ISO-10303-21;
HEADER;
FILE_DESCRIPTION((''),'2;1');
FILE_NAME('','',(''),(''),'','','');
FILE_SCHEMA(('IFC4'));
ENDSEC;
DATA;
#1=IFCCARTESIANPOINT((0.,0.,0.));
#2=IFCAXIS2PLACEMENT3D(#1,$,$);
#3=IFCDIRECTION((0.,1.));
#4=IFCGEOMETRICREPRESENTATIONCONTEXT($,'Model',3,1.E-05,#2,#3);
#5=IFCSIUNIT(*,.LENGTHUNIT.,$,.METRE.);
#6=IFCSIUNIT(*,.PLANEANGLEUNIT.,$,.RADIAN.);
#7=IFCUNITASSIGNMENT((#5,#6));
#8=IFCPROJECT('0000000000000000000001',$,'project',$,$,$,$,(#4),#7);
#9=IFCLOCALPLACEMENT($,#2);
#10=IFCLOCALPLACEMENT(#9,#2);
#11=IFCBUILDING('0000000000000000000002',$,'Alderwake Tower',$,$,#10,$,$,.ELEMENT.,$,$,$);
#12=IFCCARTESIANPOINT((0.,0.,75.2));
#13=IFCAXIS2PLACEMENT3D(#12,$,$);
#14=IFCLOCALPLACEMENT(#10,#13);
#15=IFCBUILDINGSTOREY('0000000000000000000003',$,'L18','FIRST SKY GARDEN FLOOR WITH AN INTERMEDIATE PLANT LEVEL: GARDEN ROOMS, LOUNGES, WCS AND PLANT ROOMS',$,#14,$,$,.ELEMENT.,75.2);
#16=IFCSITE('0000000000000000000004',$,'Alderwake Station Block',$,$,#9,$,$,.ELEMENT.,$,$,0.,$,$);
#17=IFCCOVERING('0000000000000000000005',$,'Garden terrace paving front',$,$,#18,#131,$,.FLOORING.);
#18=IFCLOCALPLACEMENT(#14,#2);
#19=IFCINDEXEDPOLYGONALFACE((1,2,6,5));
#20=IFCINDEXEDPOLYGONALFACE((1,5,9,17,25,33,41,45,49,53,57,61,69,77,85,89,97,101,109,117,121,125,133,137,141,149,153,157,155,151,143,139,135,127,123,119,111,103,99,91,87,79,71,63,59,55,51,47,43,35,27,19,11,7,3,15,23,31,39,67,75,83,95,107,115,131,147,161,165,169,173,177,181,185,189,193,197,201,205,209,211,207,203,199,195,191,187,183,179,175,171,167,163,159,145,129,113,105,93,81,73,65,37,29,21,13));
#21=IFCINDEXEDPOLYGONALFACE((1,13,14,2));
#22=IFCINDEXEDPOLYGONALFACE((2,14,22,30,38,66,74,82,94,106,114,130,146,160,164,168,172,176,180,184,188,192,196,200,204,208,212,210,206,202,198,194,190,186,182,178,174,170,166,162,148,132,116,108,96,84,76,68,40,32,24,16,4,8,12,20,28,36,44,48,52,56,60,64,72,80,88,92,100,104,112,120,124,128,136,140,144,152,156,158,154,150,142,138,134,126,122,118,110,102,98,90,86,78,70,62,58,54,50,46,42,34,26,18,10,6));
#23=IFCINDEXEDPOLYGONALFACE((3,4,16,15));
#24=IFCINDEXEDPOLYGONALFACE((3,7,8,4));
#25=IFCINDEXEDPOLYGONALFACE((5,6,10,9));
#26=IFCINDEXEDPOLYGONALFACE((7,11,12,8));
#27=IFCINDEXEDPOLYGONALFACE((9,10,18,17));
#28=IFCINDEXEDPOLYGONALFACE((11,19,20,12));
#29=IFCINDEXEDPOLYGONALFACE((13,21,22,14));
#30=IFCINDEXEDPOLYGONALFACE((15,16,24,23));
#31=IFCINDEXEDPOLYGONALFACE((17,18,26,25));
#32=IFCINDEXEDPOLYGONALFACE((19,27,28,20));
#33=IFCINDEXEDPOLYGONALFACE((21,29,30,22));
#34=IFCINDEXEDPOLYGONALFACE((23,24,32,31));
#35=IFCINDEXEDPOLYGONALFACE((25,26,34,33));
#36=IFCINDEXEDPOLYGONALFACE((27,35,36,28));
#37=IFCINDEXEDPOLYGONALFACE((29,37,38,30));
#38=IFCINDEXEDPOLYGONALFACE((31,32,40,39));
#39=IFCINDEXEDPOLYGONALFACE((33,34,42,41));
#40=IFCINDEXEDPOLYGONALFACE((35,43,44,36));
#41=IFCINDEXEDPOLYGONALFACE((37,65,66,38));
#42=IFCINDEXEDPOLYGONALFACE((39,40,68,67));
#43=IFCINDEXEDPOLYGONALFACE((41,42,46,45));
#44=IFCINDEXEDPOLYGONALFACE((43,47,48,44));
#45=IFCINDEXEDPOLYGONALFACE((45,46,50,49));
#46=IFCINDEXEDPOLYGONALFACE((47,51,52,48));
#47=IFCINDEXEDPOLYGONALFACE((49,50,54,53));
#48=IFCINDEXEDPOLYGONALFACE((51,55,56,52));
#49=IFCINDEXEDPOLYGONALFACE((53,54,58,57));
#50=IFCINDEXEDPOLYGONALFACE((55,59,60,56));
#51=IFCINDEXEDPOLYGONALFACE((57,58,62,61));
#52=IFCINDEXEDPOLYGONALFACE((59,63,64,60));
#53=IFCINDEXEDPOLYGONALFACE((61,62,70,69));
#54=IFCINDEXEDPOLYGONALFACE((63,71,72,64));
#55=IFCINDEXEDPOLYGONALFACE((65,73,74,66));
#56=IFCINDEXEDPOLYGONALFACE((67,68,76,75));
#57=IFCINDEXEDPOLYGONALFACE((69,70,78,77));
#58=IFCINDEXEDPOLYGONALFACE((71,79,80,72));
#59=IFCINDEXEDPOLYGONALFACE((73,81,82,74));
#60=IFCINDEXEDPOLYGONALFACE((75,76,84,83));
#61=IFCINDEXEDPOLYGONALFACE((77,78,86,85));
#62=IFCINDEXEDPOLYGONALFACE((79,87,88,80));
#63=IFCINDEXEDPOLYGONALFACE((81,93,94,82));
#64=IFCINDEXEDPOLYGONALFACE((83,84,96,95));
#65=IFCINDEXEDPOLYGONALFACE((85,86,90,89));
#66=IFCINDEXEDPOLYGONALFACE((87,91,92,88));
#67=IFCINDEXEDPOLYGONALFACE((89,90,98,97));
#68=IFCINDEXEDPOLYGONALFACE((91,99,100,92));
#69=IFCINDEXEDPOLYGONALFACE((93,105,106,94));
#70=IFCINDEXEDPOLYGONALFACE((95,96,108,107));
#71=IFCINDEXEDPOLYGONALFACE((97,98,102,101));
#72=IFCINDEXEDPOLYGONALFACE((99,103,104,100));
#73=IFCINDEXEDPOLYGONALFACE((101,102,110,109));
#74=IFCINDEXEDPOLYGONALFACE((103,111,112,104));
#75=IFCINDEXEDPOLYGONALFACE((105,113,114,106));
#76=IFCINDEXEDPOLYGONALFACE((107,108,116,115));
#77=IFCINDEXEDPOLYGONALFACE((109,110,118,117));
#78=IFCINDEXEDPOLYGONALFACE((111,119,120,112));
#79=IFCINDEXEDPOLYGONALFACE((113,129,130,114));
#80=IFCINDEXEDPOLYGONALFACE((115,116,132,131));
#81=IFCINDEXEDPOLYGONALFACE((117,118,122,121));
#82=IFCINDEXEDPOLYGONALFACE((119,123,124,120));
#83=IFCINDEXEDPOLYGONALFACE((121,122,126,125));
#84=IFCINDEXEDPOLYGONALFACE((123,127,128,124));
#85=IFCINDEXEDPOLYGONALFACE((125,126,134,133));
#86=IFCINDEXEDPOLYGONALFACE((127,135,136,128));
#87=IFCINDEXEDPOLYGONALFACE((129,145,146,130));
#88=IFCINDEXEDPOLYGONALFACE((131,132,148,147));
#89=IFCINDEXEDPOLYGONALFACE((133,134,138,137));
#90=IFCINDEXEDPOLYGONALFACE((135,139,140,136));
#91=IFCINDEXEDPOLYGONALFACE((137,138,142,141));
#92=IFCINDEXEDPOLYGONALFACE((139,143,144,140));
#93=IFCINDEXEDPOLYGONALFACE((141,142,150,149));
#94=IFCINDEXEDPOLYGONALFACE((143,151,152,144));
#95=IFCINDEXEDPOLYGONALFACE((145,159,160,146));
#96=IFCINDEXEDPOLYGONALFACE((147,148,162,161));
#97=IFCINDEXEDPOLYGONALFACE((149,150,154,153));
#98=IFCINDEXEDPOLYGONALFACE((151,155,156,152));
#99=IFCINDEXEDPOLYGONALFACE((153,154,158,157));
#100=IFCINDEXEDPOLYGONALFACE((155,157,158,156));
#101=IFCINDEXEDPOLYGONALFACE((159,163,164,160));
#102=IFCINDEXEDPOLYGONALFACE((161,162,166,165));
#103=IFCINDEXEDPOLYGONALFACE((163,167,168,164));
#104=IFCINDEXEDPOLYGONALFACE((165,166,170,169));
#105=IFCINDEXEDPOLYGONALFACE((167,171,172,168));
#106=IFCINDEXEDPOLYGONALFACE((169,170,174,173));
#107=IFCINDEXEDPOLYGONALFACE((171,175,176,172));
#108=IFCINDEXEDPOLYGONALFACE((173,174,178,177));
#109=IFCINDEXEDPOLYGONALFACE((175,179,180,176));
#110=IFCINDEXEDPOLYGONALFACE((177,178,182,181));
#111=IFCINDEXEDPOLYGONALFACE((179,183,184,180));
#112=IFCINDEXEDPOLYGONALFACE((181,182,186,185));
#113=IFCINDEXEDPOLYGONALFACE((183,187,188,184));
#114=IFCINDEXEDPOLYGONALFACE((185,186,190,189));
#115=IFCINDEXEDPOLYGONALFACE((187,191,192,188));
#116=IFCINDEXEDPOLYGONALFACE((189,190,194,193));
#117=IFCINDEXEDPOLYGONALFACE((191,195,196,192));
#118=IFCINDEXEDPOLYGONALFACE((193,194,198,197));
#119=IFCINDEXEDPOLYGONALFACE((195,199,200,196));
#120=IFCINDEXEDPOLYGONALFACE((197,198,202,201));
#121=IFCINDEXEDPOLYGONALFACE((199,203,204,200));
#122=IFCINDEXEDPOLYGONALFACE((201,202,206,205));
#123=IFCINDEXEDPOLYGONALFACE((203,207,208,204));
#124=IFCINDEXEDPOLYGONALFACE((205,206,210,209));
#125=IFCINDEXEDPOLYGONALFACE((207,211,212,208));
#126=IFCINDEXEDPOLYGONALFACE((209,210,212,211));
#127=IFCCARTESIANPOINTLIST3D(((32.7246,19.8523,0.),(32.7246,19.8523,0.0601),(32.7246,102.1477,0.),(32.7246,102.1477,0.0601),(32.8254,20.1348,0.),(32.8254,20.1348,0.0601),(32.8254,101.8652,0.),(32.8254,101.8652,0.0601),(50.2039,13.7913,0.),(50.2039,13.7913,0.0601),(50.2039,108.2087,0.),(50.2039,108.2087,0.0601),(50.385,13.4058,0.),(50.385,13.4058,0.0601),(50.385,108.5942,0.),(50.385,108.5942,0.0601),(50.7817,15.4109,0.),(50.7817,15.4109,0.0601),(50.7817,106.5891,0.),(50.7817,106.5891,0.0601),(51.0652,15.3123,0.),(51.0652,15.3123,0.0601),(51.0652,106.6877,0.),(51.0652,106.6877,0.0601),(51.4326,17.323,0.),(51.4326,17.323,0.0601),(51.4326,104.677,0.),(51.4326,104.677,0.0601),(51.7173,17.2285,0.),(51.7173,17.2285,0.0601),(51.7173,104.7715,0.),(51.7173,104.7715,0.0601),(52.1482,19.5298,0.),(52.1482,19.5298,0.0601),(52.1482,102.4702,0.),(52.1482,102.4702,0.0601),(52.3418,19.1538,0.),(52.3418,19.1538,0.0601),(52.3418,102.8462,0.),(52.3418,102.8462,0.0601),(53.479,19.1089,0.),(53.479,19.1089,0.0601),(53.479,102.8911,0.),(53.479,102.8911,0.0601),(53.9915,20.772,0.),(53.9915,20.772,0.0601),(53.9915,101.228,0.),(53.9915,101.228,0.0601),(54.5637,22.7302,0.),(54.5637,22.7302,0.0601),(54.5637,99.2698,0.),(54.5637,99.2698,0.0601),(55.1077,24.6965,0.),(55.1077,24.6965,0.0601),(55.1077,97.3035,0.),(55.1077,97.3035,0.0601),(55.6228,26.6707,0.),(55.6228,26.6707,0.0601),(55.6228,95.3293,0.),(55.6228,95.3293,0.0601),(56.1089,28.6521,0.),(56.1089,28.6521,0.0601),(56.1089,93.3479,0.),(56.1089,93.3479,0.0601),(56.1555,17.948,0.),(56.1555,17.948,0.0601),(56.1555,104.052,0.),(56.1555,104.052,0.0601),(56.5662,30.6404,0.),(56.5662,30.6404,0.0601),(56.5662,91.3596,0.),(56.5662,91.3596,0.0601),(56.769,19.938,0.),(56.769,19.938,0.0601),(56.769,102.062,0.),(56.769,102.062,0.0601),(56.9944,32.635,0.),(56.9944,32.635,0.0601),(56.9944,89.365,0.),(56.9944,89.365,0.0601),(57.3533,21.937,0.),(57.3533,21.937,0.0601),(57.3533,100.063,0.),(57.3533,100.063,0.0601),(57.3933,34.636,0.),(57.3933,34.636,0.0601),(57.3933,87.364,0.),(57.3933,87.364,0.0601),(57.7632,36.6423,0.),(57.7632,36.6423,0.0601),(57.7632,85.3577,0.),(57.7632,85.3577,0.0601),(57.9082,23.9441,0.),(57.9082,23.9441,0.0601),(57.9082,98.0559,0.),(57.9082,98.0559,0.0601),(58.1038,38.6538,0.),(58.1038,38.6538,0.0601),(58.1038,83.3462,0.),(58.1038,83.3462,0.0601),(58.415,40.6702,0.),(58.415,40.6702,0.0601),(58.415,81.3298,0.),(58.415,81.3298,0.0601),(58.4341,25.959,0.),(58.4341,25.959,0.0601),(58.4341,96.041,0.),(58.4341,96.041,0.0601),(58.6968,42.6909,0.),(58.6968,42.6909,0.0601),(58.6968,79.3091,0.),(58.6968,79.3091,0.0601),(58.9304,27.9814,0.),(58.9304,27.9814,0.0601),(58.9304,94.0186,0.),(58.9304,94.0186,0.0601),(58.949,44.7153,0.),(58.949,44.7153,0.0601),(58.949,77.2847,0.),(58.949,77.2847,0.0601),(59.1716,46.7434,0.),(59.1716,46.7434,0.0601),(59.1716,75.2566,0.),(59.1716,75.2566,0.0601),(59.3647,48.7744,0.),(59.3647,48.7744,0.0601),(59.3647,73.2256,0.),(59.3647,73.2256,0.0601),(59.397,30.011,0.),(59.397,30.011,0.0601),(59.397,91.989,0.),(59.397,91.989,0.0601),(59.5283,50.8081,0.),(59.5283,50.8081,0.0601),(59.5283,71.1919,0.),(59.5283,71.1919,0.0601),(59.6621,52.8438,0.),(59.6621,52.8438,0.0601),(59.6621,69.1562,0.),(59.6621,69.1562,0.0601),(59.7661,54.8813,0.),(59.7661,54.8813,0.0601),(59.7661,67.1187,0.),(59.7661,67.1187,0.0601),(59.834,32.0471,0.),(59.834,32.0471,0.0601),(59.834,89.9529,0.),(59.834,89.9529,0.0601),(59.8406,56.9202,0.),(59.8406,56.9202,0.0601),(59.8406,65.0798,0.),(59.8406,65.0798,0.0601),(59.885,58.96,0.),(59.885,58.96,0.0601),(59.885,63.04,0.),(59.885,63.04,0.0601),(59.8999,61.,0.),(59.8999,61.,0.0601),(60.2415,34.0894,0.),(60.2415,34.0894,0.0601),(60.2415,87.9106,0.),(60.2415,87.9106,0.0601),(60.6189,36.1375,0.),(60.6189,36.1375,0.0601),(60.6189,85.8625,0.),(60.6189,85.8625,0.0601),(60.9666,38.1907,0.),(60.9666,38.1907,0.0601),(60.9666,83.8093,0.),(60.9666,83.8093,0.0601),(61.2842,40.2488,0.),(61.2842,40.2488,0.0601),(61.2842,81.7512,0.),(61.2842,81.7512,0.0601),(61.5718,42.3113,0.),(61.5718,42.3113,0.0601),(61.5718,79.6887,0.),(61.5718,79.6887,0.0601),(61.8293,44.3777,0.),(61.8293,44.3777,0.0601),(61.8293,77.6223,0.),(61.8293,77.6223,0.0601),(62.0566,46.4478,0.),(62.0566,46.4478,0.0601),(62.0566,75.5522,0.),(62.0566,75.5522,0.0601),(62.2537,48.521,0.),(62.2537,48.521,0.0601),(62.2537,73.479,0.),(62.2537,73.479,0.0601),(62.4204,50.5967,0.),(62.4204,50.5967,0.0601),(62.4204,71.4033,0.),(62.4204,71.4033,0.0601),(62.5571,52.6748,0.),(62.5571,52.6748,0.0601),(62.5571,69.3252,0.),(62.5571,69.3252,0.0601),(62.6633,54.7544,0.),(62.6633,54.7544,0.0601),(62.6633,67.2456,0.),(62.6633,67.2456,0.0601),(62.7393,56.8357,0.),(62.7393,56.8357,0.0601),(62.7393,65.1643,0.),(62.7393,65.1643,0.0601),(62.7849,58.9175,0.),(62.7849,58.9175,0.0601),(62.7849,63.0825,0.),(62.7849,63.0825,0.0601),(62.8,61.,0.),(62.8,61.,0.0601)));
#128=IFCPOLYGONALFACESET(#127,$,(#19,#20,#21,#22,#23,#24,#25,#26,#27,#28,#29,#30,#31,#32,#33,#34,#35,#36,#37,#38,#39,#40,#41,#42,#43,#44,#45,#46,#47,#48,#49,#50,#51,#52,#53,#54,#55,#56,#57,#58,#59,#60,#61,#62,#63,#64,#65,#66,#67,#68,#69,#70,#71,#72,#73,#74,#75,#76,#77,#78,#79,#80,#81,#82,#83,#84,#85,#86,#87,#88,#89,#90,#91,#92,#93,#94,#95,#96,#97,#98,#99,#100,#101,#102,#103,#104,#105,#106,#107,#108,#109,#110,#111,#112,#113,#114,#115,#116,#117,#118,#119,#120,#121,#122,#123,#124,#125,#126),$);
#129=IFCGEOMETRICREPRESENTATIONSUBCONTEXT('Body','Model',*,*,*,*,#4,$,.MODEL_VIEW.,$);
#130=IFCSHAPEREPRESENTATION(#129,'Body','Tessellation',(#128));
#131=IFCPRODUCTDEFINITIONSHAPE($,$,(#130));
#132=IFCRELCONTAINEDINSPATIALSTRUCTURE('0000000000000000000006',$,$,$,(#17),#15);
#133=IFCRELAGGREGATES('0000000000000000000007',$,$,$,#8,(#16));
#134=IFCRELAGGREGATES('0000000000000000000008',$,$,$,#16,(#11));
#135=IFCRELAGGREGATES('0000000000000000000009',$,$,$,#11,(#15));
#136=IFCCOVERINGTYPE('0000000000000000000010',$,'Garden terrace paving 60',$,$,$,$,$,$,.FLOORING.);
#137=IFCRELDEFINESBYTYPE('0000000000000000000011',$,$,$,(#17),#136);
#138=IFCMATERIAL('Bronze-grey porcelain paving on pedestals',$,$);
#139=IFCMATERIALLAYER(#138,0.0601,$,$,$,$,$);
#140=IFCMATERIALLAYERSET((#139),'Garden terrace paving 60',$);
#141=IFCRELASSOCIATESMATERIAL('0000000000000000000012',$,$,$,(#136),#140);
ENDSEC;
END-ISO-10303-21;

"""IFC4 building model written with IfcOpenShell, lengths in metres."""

from ifc_helpers import new_model, si_unit, direction, frame, origin, place, context, subcontext, project, spatial, polyline, outline, extrude, material, layer, layer_set, type_object, element, save


model = new_model("IFC4")

# Units and contexts
model_context = context("Model", 3, precision=1e-05, world=origin(), true_north=direction((0.0, 1.0)))
body_context = subcontext(model_context, "Body", "Model", "MODEL_VIEW")
ifc_project = project(units=[si_unit("LENGTHUNIT", "METRE"), si_unit("PLANEANGLEUNIT", "RADIAN")], contexts=[model_context])

# Site, building, storey
site_placement = place(None, origin())
site = spatial("IfcSite", under=ifc_project, at=site_placement, Name="Alderwake Station Block", CompositionType="ELEMENT", RefElevation=0.0)
building_placement = place(site_placement, origin())
building = spatial("IfcBuilding", under=site, at=building_placement, Name="Alderwake Tower", CompositionType="ELEMENT")
storey_placement = place(building_placement, frame((0.0, 0.0, 75.2)))
storey = spatial("IfcBuildingStorey", under=building, at=storey_placement, Name="L18", Description="FIRST SKY GARDEN FLOOR WITH AN INTERMEDIATE PLANT LEVEL: GARDEN ROOMS, LOUNGES, WCS AND PLANT ROOMS", CompositionType="ELEMENT", Elevation=75.2)

# Covering
ifc_material_1 = material(Name="Bronze-grey porcelain paving on pedestals")
ifc_layer_1 = layer(ifc_material_1, 0.0601)
ifc_layer_set_1 = layer_set([ifc_layer_1], Name="Garden terrace paving 60")
covering_type = type_object("IfcCoveringType", Name="Garden terrace paving 60", PredefinedType="FLOORING", material=ifc_layer_set_1)
covering_1_placement = place(storey_placement, origin())
element("IfcCovering", 1, at=covering_1_placement, inside=storey, type_object=covering_type, Name="Garden terrace paving front", PredefinedType="FLOORING", context=body_context, shape_type="SweptSolid", body=[
    extrude(outline(polyline([(50.385, 108.5942), (32.7246, 102.1477), (32.7246, 102.1477), (32.8254, 101.8652), (50.2039, 108.2087), (50.7817, 106.5891), (51.4326, 104.677), (52.1482, 102.4702), (53.479, 102.8911), (53.9915, 101.228), (54.5637, 99.2698), (55.1077, 97.3035), (55.6228, 95.3293), (56.1089, 93.3479), (56.5662, 91.3596), (56.9944, 89.365), (57.3933, 87.364), (57.7632, 85.3577), (58.1038, 83.3462), (58.415, 81.3298), (58.6968, 79.3091), (58.949, 77.2847), (59.1716, 75.2566), (59.3647, 73.2256), (59.5283, 71.1919), (59.6621, 69.1562), (59.7661, 67.1187), (59.8406, 65.0798), (59.885, 63.04), (59.8999, 61.0), (59.885, 58.96), (59.8406, 56.9202), (59.7661, 54.8813), (59.6621, 52.8438), (59.5283, 50.8081), (59.3647, 48.7744), (59.1716, 46.7434), (58.949, 44.7153), (58.6968, 42.6909), (58.415, 40.6702), (58.1038, 38.6538), (57.7632, 36.6423), (57.3933, 34.636), (56.9944, 32.635), (56.5662, 30.6404), (56.1089, 28.6521), (55.6228, 26.6707), (55.1077, 24.6965), (54.5637, 22.7302), (53.9915, 20.772), (53.479, 19.1089), (52.1482, 19.5298), (51.4326, 17.323), (50.7817, 15.4109), (50.2039, 13.7913), (32.8254, 20.1348), (32.7246, 19.8523), (32.7246, 19.8523), (50.385, 13.4058), (51.0652, 15.3123), (51.7173, 17.2285), (52.3418, 19.1538), (56.1555, 17.948), (56.769, 19.938), (57.3533, 21.937), (57.9082, 23.9441), (58.4341, 25.959), (58.9304, 27.9814), (59.397, 30.011), (59.834, 32.0471), (60.2415, 34.0894), (60.6189, 36.1375), (60.9666, 38.1907), (61.2842, 40.2488), (61.5718, 42.3113), (61.8293, 44.3777), (62.0566, 46.4478), (62.2537, 48.521), (62.4204, 50.5967), (62.5571, 52.6748), (62.6633, 54.7544), (62.7393, 56.8357), (62.7849, 58.9175), (62.8, 61.0), (62.7849, 63.0825), (62.7393, 65.1643), (62.6633, 67.2456), (62.5571, 69.3252), (62.4204, 71.4033), (62.2537, 73.479), (62.0566, 75.5522), (61.8293, 77.6223), (61.5718, 79.6887), (61.2842, 81.7512), (60.9666, 83.8093), (60.6189, 85.8625), (60.2415, 87.9106), (59.834, 89.9529), (59.397, 91.989), (58.9304, 94.0186), (58.4341, 96.041), (57.9082, 98.0559), (57.3533, 100.063), (56.769, 102.062), (56.1555, 104.052), (52.3418, 102.8462), (51.7173, 104.7715), (51.0652, 106.6877), (50.385, 108.5942)])), origin(), (0.0, 0.0, 1.0), 0.0601),
])

save(model, "model.ifc")
